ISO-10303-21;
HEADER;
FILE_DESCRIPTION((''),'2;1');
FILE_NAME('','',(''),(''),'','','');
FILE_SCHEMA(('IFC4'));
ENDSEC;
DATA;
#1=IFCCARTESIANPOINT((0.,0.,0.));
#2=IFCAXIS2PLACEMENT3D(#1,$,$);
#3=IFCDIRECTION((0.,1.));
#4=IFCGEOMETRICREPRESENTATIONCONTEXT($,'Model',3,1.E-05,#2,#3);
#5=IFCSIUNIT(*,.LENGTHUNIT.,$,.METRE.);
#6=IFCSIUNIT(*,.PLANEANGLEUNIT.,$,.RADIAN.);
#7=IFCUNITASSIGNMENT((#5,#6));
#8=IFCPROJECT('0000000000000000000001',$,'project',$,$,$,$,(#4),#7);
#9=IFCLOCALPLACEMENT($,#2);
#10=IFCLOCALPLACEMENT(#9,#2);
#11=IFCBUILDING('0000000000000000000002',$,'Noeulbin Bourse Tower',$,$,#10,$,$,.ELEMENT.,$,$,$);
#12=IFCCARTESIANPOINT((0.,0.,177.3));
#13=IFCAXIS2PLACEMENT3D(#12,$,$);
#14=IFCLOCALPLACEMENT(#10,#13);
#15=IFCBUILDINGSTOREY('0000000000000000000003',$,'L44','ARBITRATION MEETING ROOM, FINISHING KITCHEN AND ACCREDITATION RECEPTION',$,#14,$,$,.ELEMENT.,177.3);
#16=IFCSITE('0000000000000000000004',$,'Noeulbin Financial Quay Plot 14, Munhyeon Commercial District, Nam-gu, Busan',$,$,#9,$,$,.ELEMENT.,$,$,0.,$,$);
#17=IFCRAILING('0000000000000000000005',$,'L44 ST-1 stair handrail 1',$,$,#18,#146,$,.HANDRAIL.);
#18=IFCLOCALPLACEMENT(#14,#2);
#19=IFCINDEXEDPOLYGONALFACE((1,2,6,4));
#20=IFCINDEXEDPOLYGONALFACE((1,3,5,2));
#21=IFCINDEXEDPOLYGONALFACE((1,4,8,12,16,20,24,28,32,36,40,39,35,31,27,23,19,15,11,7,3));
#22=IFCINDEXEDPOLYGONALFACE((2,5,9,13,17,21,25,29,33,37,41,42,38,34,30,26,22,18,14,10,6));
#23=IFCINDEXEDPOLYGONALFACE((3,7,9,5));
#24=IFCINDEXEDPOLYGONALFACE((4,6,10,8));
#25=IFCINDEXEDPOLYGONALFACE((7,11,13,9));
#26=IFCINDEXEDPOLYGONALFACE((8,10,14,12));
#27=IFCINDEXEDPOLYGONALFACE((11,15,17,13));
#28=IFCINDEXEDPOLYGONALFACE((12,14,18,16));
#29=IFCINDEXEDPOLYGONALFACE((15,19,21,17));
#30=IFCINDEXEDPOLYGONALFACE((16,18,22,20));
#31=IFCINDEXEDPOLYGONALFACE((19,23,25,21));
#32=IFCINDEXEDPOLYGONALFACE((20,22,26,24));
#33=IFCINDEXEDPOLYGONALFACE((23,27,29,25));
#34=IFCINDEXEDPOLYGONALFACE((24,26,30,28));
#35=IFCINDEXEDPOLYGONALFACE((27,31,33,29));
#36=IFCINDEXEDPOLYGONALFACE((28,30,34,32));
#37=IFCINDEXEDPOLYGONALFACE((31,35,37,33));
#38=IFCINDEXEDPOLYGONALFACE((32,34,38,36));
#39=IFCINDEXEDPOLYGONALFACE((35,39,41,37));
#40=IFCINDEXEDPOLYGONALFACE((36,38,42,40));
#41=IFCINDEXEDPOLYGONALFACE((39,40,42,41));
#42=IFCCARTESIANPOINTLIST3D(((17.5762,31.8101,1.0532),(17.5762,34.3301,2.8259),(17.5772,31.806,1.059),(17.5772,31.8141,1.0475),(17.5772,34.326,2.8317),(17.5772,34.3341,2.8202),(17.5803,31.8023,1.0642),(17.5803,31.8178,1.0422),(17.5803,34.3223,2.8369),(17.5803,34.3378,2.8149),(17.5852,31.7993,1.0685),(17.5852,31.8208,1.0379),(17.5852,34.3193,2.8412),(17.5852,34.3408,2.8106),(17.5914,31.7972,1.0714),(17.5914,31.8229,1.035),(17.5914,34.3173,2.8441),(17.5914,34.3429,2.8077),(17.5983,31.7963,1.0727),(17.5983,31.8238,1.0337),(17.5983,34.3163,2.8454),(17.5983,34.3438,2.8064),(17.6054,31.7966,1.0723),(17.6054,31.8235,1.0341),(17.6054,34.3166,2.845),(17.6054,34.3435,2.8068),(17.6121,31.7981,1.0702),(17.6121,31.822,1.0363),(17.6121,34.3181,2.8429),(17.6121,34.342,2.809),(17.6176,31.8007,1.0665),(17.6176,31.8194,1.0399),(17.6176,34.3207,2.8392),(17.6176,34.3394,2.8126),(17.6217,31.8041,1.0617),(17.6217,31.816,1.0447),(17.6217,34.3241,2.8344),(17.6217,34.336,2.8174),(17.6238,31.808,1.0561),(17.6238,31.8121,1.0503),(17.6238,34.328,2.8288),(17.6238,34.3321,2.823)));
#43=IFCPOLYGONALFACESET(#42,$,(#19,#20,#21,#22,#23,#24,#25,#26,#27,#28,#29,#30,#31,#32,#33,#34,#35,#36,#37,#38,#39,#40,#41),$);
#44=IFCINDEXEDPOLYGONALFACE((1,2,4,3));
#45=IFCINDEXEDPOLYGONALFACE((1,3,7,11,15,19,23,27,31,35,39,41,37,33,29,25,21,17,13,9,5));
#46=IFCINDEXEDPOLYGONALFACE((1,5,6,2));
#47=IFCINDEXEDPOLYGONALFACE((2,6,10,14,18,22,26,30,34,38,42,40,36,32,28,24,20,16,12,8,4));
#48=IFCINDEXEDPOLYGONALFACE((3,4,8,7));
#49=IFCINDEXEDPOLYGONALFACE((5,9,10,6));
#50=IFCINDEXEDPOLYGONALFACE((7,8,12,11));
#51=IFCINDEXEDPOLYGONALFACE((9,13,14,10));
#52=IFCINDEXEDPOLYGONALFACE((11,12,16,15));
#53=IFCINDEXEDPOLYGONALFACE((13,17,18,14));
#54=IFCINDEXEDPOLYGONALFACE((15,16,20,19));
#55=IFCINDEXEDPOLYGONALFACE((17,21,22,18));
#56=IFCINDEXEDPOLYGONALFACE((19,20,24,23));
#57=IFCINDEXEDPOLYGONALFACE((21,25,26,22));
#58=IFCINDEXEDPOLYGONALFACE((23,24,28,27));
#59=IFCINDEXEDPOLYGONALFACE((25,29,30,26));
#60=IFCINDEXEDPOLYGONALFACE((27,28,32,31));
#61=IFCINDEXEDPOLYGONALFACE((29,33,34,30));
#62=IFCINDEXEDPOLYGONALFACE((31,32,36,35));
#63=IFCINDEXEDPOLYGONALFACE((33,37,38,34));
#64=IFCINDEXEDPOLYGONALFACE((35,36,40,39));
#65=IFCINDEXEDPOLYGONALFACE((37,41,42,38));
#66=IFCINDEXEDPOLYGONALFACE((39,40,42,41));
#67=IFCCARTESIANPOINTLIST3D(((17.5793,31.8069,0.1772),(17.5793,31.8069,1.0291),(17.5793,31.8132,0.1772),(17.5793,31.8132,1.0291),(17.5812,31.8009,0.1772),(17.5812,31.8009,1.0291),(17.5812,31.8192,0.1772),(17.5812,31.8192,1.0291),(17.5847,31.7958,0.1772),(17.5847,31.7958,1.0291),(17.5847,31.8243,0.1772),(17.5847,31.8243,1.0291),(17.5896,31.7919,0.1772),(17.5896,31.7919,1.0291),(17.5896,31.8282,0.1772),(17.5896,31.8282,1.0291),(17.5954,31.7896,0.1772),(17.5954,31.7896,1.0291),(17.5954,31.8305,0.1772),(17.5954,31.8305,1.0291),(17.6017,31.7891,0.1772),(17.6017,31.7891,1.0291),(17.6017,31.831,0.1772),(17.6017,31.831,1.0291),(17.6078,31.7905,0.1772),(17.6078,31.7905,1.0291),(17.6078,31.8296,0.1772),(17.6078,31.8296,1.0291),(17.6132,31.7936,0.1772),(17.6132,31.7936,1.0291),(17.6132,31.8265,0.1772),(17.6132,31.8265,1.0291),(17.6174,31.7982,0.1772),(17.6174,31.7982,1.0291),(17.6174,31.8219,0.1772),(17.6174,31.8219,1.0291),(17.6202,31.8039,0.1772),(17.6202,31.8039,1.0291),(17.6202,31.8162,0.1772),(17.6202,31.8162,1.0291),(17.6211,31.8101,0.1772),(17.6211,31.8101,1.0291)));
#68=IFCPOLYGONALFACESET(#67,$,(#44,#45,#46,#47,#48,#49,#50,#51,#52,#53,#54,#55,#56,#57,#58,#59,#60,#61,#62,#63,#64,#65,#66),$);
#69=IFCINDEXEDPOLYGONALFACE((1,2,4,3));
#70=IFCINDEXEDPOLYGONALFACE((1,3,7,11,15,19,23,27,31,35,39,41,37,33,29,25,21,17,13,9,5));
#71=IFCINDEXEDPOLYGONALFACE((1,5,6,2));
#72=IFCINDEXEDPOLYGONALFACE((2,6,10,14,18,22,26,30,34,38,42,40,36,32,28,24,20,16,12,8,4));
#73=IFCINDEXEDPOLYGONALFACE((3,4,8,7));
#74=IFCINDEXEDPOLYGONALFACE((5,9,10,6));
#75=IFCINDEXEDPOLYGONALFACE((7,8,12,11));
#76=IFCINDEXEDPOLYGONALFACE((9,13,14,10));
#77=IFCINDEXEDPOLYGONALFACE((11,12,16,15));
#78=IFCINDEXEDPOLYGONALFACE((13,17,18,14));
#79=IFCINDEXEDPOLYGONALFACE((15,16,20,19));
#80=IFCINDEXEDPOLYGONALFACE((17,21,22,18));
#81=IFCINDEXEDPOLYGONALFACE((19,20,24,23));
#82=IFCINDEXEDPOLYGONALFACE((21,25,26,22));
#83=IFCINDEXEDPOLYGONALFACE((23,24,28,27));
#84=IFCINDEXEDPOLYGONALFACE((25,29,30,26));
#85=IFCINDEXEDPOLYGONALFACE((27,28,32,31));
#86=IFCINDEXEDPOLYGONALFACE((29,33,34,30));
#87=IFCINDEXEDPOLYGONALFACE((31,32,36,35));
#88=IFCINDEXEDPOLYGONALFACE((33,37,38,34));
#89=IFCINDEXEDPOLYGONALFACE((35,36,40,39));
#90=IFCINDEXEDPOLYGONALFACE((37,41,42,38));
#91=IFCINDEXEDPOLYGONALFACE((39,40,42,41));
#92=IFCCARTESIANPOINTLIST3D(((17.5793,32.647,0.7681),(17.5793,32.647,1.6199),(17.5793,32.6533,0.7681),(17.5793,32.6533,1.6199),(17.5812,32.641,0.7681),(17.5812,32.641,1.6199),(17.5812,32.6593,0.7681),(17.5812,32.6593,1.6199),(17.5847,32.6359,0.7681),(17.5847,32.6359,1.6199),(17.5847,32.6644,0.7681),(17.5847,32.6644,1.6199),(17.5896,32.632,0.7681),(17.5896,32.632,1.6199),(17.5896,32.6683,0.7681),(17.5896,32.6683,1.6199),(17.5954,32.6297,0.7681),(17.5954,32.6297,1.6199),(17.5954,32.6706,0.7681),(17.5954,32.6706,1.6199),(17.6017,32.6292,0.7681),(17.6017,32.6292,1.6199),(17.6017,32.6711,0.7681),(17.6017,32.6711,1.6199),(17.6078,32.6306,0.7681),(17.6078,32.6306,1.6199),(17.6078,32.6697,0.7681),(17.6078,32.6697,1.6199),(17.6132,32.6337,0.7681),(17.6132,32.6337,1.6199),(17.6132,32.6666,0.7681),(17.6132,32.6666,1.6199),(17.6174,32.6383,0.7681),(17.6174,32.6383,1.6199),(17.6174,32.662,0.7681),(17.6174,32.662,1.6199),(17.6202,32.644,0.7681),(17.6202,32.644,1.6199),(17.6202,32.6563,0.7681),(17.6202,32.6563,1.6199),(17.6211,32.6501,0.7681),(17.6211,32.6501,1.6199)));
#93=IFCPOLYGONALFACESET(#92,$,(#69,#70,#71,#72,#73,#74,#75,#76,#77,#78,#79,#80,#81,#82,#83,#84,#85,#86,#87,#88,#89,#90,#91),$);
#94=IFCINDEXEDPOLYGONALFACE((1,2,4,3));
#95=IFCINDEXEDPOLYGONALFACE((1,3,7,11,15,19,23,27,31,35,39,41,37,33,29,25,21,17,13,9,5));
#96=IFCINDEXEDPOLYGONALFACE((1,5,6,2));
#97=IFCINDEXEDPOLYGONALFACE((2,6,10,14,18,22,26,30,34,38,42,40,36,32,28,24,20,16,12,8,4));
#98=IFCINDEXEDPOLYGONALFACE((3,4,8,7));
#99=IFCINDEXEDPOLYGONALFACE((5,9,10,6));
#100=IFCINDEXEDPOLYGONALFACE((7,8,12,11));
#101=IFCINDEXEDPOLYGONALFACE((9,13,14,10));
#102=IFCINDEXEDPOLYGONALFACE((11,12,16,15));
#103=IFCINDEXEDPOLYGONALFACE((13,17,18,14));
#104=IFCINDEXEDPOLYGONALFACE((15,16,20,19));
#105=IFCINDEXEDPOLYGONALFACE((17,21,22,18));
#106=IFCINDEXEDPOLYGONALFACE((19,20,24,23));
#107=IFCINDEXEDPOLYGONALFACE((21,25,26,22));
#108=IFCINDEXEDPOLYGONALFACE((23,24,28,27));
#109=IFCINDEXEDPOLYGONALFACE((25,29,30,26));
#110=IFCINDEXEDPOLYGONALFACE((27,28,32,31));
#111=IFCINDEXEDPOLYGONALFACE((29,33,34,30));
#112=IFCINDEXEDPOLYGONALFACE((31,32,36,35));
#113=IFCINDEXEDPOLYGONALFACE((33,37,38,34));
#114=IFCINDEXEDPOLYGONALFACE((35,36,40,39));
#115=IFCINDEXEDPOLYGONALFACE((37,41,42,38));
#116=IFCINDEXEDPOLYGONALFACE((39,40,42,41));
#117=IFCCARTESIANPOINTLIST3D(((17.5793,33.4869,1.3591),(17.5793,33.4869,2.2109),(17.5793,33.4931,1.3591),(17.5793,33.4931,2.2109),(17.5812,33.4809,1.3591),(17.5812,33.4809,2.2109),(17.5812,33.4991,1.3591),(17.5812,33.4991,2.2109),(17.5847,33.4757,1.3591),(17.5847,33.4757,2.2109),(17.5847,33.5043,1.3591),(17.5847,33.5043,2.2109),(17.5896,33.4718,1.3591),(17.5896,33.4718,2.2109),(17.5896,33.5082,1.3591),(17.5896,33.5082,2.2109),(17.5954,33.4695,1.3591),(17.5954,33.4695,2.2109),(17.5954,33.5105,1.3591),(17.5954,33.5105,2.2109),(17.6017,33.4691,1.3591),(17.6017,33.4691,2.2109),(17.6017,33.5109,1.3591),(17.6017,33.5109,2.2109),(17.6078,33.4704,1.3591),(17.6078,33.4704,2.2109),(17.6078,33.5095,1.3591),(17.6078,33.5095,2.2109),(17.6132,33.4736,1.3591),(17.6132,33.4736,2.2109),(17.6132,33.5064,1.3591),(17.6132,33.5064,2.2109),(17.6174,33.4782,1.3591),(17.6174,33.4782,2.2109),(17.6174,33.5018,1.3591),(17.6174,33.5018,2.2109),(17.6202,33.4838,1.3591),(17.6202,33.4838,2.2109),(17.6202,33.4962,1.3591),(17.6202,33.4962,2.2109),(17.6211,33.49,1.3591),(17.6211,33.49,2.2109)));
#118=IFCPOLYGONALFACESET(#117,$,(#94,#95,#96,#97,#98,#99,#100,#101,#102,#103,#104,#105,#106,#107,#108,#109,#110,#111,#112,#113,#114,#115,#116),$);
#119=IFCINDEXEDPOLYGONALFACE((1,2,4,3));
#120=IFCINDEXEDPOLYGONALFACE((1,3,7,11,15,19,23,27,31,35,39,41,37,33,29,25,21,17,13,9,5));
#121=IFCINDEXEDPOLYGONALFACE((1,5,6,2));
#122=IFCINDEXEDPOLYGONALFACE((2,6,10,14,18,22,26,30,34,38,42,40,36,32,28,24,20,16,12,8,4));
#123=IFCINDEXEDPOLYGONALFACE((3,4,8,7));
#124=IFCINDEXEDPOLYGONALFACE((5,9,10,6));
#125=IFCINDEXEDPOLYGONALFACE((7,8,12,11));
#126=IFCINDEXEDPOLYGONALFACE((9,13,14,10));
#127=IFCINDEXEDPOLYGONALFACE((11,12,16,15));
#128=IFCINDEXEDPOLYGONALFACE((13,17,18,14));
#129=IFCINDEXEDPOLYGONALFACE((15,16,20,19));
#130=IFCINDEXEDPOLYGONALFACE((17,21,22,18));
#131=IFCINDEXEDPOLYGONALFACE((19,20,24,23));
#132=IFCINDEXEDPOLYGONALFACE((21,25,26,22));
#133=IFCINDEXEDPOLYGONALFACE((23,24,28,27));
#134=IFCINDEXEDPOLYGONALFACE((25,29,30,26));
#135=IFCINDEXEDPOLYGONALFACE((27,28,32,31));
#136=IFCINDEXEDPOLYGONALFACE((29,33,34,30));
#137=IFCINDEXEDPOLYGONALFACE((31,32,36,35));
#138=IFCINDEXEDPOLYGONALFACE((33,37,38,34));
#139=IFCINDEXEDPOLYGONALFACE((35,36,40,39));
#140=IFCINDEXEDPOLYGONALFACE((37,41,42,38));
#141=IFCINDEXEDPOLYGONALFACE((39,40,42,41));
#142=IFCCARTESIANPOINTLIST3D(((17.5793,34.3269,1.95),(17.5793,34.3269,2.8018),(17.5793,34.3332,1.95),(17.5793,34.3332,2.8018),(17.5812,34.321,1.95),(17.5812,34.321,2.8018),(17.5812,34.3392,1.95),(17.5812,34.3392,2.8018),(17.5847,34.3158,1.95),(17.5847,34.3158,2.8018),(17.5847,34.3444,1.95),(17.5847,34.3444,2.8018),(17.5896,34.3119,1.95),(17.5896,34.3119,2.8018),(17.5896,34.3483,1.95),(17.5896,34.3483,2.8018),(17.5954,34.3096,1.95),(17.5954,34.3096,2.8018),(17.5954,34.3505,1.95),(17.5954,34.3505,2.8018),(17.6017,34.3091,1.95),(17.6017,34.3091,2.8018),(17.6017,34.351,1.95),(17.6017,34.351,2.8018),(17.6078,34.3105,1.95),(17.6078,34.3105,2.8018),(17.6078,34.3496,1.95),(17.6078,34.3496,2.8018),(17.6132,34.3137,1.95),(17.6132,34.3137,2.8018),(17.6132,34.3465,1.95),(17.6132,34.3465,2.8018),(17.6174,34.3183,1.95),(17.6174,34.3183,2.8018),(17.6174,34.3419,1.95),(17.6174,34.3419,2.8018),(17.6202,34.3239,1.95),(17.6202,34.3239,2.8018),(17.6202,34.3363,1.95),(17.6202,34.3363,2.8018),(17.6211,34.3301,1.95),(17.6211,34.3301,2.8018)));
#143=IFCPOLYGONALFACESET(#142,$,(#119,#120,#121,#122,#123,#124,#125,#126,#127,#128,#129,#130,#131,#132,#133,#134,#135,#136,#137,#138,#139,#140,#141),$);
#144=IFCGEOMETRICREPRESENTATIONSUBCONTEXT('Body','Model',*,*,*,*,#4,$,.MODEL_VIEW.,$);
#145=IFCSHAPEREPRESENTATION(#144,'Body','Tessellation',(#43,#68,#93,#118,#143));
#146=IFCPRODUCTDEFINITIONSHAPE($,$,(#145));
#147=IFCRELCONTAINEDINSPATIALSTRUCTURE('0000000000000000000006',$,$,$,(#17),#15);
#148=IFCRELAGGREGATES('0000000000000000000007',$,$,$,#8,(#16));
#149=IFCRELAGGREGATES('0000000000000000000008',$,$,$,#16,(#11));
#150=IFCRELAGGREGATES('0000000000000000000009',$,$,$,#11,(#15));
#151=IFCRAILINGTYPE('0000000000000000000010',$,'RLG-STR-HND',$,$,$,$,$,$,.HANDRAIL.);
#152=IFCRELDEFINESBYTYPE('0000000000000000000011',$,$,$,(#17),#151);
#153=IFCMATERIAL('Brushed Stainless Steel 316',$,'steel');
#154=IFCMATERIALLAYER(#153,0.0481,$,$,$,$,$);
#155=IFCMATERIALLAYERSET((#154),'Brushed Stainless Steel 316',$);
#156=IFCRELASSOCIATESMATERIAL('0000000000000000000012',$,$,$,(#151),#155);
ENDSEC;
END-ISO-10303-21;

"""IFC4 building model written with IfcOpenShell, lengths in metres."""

from ifc_helpers import new_model, si_unit, direction, frame, origin, origin_2d, place, context, subcontext, project, spatial, circle, extrude, material, layer, layer_set, type_object, element, save


model = new_model("IFC4")

# Units and contexts
model_context = context("Model", 3, precision=1e-05, world=origin(), true_north=direction((0.0, 1.0)))
body_context = subcontext(model_context, "Body", "Model", "MODEL_VIEW")
ifc_project = project(units=[si_unit("LENGTHUNIT", "METRE"), si_unit("PLANEANGLEUNIT", "RADIAN")], contexts=[model_context])

# Site, building, storey
site_placement = place(None, origin())
site = spatial("IfcSite", under=ifc_project, at=site_placement, Name="Noeulbin Financial Quay Plot 14, Munhyeon Commercial District, Nam-gu, Busan", CompositionType="ELEMENT", RefElevation=0.0)
building_placement = place(site_placement, origin())
building = spatial("IfcBuilding", under=site, at=building_placement, Name="Noeulbin Bourse Tower", CompositionType="ELEMENT")
storey_placement = place(building_placement, frame((0.0, 0.0, 177.3)))
storey = spatial("IfcBuildingStorey", under=building, at=storey_placement, Name="L44", Description="ARBITRATION MEETING ROOM, FINISHING KITCHEN AND ACCREDITATION RECEPTION", CompositionType="ELEMENT", Elevation=177.3)

# Shared definitions
ifc_material_1 = material(Name="Brushed Stainless Steel 316", Category="steel")

# Railing
ifc_layer_1 = layer(ifc_material_1, 0.0481)
ifc_layer_set_1 = layer_set([ifc_layer_1], Name="Brushed Stainless Steel 316")
railing_type_1 = type_object("IfcRailingType", Name="RLG-STR-HND", PredefinedType="HANDRAIL", material=ifc_layer_set_1)
railing_1_placement = place(storey_placement, frame((17.6001, 31.8101, 0.1772)))
element("IfcRailing", 1, at=railing_1_placement, inside=storey, type_object=railing_type_1, Name="L44 ST-1 stair handrail 1", PredefinedType="HANDRAIL", context=body_context, shape_type="SweptSolid", body=[
    extrude(circle(Radius=0.0239, at=origin_2d()), frame((0.0, 0.0, 0.876), z_axis=(0.0, 0.817904, 0.575354), x_axis=(-1.0, 0.0, 0.0)), (0.0, 0.0, 1.0), 3.0811),
    extrude(circle(Radius=0.021, at=origin_2d()), origin(), (0.0, 0.0, 1.0), 0.8518),
    extrude(circle(Radius=0.021, at=origin_2d()), frame((0.0, 0.8401, 0.5908)), (0.0, 0.0, 1.0), 0.8518),
    extrude(circle(Radius=0.021, at=origin_2d()), frame((0.0, 1.6799, 1.1819)), (0.0, 0.0, 1.0), 0.8518),
    extrude(circle(Radius=0.021, at=origin_2d()), frame((0.0, 2.52, 1.7727)), (0.0, 0.0, 1.0), 0.8518),
])

save(model, "model.ifc")
